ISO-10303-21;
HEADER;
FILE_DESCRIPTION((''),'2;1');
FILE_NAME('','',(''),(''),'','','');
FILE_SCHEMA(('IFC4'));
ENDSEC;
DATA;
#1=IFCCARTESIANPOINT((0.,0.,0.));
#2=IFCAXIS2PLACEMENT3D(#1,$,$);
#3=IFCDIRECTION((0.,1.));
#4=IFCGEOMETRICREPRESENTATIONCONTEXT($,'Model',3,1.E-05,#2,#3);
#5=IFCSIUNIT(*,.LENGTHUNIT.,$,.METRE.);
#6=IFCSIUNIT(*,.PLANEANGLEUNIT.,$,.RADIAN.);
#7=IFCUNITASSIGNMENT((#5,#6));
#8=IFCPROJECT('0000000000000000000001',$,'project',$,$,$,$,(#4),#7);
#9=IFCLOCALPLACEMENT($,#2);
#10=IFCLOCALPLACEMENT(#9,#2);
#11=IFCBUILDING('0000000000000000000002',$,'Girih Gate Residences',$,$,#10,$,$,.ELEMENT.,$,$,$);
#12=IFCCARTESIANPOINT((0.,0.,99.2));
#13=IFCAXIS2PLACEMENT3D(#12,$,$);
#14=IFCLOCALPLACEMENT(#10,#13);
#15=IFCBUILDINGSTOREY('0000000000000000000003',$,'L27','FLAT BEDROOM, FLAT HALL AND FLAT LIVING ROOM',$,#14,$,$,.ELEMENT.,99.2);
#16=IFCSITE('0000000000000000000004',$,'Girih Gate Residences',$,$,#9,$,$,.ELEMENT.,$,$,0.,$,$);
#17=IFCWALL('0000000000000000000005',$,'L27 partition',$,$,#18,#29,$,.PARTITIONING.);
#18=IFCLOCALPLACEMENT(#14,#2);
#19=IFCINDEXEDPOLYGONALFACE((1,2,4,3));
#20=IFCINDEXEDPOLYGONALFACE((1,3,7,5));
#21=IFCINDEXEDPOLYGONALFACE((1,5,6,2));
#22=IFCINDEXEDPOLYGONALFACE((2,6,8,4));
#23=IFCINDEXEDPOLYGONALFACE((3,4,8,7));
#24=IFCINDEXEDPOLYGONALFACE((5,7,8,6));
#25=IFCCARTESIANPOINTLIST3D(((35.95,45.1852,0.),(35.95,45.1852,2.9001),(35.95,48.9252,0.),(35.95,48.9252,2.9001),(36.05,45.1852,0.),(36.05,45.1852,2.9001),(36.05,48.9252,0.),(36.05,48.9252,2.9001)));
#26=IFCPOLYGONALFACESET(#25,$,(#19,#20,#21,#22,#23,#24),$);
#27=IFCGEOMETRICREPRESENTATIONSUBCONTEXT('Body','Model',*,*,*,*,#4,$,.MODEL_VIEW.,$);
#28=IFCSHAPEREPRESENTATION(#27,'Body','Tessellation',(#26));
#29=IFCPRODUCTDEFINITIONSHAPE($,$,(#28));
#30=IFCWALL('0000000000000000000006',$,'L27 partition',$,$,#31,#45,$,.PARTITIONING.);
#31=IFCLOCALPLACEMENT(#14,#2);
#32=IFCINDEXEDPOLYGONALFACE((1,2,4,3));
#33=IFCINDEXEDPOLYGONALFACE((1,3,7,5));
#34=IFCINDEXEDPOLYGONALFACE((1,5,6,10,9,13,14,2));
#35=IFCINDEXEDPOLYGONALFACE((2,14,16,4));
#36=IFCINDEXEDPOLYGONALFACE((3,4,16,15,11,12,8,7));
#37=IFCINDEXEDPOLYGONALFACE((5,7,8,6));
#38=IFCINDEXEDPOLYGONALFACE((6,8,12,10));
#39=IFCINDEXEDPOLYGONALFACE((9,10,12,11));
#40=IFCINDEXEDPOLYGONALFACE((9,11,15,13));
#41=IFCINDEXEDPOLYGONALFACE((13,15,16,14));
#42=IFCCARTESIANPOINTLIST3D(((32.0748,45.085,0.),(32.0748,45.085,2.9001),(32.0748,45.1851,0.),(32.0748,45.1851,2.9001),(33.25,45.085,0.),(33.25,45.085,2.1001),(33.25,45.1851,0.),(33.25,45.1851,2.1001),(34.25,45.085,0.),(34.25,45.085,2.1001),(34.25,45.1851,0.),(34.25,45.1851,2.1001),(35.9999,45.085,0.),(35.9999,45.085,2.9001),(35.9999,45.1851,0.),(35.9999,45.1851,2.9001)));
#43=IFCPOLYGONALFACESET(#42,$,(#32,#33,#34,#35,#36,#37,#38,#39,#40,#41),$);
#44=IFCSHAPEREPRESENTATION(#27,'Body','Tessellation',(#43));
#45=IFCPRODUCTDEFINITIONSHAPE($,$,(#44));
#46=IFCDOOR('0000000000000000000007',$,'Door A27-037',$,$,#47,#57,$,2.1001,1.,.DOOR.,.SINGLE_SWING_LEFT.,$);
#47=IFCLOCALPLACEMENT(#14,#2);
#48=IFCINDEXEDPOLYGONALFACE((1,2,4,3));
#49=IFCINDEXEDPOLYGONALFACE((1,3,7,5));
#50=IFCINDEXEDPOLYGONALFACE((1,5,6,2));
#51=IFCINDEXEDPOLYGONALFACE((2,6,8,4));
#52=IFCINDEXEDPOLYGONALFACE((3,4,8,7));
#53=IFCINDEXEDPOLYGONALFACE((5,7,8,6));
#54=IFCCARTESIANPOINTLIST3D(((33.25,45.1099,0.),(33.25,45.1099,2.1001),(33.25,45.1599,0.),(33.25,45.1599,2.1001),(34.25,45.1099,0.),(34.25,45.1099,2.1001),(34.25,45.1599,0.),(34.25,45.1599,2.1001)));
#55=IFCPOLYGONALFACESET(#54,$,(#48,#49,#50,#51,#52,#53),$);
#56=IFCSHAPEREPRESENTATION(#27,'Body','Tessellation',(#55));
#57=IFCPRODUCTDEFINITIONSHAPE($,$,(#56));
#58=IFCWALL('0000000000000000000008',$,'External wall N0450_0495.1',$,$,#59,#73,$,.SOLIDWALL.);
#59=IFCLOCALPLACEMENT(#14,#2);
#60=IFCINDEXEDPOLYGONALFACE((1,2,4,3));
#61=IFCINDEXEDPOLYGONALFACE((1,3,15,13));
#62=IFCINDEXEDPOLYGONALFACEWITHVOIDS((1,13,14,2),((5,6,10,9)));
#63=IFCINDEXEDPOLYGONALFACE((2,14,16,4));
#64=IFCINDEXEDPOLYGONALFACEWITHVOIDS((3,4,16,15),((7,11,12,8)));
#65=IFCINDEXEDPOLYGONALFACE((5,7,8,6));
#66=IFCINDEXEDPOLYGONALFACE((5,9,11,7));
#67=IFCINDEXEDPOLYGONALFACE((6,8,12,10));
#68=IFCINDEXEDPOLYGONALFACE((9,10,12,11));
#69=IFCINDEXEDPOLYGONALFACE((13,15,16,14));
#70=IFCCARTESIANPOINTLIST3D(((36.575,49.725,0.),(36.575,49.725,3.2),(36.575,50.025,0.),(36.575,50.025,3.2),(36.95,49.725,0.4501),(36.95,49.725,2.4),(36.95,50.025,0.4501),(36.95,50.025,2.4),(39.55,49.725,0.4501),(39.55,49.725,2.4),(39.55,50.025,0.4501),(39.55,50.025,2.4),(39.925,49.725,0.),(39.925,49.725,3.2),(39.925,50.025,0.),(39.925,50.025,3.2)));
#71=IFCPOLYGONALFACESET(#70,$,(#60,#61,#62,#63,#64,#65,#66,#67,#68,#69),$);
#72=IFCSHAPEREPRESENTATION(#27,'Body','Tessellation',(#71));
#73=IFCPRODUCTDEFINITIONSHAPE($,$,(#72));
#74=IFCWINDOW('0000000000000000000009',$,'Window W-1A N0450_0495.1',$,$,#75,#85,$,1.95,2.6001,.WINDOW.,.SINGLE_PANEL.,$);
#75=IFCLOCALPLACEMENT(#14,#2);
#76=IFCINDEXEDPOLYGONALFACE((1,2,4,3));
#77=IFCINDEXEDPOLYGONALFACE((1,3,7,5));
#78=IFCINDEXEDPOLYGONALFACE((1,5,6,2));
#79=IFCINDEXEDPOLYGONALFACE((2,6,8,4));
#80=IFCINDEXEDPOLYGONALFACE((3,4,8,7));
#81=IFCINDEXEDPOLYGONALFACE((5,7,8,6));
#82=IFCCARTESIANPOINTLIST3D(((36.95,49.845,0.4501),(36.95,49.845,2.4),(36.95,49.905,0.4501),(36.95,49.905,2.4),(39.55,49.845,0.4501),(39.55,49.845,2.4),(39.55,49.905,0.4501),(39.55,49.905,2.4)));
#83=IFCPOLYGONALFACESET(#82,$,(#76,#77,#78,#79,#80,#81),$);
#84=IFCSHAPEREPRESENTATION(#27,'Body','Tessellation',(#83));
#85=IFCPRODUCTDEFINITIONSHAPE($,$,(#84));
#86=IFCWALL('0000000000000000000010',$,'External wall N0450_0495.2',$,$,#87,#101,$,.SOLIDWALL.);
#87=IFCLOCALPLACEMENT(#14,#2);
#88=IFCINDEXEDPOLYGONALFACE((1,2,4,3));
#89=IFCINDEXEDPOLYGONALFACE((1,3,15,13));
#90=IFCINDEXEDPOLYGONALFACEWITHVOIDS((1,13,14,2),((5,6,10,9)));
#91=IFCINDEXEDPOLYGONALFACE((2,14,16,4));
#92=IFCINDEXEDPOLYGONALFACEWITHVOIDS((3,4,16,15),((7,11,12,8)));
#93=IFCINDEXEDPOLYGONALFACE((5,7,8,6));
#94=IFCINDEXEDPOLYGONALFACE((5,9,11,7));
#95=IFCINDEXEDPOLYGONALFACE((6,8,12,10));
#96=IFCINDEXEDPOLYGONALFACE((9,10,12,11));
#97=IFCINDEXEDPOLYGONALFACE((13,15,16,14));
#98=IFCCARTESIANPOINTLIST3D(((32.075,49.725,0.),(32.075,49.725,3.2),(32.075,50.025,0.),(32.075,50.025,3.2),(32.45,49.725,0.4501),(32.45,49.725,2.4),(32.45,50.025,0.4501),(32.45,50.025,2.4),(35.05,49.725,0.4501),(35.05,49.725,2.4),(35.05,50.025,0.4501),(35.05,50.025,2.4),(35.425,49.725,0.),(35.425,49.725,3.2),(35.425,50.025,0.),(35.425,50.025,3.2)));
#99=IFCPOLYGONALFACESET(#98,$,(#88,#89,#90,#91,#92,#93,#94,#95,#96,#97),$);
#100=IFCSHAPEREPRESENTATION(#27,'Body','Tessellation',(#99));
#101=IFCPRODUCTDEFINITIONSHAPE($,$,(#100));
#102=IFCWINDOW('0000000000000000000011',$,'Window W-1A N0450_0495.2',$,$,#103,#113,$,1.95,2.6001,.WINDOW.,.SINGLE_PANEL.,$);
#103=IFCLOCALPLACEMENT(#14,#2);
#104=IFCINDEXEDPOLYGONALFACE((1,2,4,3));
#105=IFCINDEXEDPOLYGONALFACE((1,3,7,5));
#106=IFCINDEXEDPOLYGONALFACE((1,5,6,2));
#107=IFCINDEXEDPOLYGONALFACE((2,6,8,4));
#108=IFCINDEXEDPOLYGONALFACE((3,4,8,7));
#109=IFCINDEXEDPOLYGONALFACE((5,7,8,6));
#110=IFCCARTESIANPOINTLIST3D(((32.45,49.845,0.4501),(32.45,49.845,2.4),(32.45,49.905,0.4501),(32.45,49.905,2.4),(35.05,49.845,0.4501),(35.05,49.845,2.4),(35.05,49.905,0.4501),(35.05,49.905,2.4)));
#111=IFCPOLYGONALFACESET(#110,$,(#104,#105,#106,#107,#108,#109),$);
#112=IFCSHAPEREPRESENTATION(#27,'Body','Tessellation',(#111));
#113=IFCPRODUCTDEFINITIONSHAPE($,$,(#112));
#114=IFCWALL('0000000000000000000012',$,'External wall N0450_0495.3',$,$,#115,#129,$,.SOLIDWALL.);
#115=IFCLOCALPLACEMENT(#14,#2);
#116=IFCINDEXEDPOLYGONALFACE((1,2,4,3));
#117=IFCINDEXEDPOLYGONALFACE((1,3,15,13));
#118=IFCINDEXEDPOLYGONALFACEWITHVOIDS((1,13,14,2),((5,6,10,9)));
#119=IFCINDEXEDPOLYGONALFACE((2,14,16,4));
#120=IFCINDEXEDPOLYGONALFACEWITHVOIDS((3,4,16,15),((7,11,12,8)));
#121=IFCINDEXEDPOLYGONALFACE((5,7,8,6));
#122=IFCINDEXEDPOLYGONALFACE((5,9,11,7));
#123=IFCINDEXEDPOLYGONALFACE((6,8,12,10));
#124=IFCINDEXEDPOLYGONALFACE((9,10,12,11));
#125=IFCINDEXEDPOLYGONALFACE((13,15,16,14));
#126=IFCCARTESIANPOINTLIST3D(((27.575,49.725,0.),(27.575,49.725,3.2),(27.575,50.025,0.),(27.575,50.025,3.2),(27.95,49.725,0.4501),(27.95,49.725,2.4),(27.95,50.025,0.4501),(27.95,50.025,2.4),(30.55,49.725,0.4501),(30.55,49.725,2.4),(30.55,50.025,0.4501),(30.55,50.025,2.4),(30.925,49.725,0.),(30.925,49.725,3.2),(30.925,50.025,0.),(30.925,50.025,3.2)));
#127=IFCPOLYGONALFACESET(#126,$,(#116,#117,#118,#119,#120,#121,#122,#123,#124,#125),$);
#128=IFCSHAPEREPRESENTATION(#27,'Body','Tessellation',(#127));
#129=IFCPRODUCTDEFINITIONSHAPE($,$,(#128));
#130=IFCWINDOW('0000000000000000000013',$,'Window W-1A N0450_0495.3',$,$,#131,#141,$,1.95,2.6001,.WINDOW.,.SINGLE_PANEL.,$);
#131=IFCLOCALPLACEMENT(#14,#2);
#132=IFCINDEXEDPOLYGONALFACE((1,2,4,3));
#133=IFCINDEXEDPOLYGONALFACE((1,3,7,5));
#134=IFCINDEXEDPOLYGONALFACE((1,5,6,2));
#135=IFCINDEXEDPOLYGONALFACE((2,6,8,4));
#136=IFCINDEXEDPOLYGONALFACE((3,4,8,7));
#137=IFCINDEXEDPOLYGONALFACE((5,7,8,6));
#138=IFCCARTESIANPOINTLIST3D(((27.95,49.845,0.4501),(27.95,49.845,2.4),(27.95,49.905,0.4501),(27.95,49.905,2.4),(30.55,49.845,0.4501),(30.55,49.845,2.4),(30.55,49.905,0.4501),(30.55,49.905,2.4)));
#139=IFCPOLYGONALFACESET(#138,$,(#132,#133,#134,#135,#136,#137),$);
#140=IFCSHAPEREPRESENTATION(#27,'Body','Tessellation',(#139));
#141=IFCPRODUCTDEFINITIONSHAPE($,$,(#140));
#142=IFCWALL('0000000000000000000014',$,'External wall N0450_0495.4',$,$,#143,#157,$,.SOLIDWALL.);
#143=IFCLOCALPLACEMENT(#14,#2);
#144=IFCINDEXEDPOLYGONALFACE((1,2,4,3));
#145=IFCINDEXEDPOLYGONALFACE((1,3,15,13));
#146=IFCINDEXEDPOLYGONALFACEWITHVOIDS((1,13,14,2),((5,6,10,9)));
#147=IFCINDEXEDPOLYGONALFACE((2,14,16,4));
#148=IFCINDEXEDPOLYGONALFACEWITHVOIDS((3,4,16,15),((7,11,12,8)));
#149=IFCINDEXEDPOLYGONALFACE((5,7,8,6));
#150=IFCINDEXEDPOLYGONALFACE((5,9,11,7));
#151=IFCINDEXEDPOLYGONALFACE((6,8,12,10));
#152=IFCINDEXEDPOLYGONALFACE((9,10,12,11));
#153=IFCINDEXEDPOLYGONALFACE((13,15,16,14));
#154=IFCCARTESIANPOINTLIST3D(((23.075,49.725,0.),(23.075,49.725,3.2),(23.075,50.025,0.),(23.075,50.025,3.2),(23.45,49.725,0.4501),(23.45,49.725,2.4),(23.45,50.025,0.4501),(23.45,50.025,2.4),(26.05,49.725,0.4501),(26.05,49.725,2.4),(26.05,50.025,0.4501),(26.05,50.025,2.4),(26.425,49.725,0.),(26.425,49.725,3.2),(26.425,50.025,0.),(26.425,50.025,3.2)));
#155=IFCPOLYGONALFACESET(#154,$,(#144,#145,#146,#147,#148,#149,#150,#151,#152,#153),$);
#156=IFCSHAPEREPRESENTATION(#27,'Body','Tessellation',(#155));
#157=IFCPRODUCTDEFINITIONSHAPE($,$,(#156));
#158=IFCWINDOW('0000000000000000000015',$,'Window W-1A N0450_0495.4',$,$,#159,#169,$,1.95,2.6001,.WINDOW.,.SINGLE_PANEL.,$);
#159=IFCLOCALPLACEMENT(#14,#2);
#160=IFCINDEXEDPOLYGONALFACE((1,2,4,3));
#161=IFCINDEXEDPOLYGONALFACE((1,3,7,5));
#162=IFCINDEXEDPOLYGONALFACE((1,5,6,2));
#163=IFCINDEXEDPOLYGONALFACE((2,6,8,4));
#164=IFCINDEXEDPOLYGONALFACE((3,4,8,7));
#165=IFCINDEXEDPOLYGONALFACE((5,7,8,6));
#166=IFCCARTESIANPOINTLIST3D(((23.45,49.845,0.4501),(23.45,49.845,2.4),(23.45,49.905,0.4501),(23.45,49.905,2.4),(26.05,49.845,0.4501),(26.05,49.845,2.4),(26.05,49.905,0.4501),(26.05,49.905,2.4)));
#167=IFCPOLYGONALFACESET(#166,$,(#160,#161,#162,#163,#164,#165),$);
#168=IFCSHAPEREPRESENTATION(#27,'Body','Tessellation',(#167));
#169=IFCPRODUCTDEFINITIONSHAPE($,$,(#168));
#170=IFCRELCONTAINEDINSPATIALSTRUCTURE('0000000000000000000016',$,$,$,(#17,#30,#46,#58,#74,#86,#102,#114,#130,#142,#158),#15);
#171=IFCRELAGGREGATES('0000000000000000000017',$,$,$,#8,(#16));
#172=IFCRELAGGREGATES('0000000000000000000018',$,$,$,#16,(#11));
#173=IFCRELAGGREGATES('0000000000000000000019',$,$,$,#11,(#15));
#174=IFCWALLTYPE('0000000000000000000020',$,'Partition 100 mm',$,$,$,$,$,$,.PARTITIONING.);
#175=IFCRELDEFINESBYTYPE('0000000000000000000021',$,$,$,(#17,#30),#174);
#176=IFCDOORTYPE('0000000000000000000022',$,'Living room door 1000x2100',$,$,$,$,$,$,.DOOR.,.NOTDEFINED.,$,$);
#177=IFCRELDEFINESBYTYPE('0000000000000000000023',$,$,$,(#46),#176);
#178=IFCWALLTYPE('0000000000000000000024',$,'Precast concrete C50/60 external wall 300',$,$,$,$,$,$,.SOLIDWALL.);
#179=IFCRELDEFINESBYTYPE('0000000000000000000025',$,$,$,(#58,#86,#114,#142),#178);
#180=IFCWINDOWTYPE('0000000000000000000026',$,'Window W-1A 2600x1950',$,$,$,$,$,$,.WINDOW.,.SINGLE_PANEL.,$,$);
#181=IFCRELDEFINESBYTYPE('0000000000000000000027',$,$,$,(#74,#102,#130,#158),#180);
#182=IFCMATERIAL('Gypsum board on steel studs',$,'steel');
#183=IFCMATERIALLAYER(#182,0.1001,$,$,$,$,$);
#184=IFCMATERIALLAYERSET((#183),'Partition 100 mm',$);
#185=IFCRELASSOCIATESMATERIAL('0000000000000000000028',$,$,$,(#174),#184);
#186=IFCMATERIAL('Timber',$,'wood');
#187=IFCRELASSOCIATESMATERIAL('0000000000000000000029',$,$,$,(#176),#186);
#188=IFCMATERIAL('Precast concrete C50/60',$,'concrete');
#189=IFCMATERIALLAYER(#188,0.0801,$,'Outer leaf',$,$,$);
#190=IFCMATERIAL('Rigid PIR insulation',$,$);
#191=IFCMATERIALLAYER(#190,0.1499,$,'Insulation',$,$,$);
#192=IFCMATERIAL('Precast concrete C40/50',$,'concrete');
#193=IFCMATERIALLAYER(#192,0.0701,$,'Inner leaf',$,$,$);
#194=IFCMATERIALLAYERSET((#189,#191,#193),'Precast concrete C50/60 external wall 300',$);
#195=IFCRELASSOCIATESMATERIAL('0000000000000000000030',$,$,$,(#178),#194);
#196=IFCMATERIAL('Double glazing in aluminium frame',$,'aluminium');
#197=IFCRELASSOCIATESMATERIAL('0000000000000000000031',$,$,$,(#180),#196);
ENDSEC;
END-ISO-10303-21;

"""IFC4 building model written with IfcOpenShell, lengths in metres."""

from ifc_helpers import new_model, si_unit, direction, frame, frame_2d, origin, place, context, subcontext, project, spatial, rectangle, extrude, material, layer, layer_set, type_object, element, fill, save


model = new_model("IFC4")

# Units and contexts
model_context = context("Model", 3, precision=1e-05, world=origin(), true_north=direction((0.0, 1.0)))
body_context = subcontext(model_context, "Body", "Model", "MODEL_VIEW")
ifc_project = project(units=[si_unit("LENGTHUNIT", "METRE"), si_unit("PLANEANGLEUNIT", "RADIAN")], contexts=[model_context])

# Site, building, storey
site_placement = place(None, origin())
site = spatial("IfcSite", under=ifc_project, at=site_placement, Name="Girih Gate Residences", CompositionType="ELEMENT", RefElevation=0.0)
building_placement = place(site_placement, origin())
building = spatial("IfcBuilding", under=site, at=building_placement, Name="Girih Gate Residences", CompositionType="ELEMENT")
storey_placement = place(building_placement, frame((0.0, 0.0, 99.2)))
storey = spatial("IfcBuildingStorey", under=building, at=storey_placement, Name="L27", Description="FLAT BEDROOM, FLAT HALL AND FLAT LIVING ROOM", CompositionType="ELEMENT", Elevation=99.2)

# Shared definitions
ifc_material_1 = material(Name="Gypsum board on steel studs", Category="steel")

# Shared definitions
ifc_layer_1 = layer(ifc_material_1, 0.1001)
ifc_layer_set_1 = layer_set([ifc_layer_1], Name="Partition 100 mm")
wall_type_1 = type_object("IfcWallType", Name="Partition 100 mm", PredefinedType="PARTITIONING", material=ifc_layer_set_1)
ifc_material_2 = material(Name="Timber", Category="wood")

# Wall
wall_1_placement = place(storey_placement, frame((36.0, 45.1851, 0.0), z_axis=(0.0, 0.0, 1.0), x_axis=(0.0, 1.0, 0.0)))
element("IfcWall", 1, at=wall_1_placement, inside=storey, type_object=wall_type_1, Name="L27 partition", PredefinedType="PARTITIONING", context=body_context, shape_type="SweptSolid", body=[
    extrude(rectangle(XDim=3.74, YDim=0.1001, at=frame_2d((1.8701, 0.0))), origin(), (0.0, 0.0, 1.0), 2.9001),
])

# Wall, opening, door
wall_2_placement = place(storey_placement, frame((32.075, 45.135, 0.0), z_axis=(0.0, 0.0, 1.0), x_axis=(1.0, 0.0, 0.0)))
wall_2 = element("IfcWall", 2, at=wall_2_placement, inside=storey, type_object=wall_type_1, Name="L27 partition", PredefinedType="PARTITIONING", context=body_context, shape_type="SweptSolid", body=[
    extrude(rectangle(XDim=3.925, YDim=0.1001, at=frame_2d((1.9624, 0.0))), origin(), (0.0, 0.0, 1.0), 2.9001),
])
opening_1_placement = place(wall_2_placement, frame((1.175, 0.0, 0.0)))
opening_1 = element("IfcOpeningElement", 3, at=opening_1_placement, cuts=wall_2, PredefinedType="OPENING", context=body_context, shape_type="SweptSolid", body=[
    extrude(rectangle(XDim=1.0, YDim=2.1001, at=frame_2d((0.5, 1.05))), frame((0.0, 0.0601, 0.0), z_axis=(0.0, -1.0, 0.0), x_axis=(1.0, 0.0, 0.0)), (0.0, 0.0, 1.0), 0.1201),
])
door_type_1 = type_object("IfcDoorType", Name="Living room door 1000x2100", OperationType="NOTDEFINED", PredefinedType="DOOR", material=ifc_material_2)
door_1_placement = place(opening_1_placement, origin())
door_1 = element("IfcDoor", 4, at=door_1_placement, inside=storey, type_object=door_type_1, Name="Door A27-037", OperationType="SINGLE_SWING_LEFT", OverallHeight=2.1001, OverallWidth=1.0, PredefinedType="DOOR", context=body_context, shape_type="SweptSolid", body=[
    extrude(rectangle(XDim=1.0, YDim=2.1001, at=frame_2d((0.5, 1.05))), frame((0.0, 0.0249, 0.0), z_axis=(0.0, -1.0, 0.0), x_axis=(1.0, 0.0, 0.0)), (0.0, 0.0, 1.0), 0.05),
])
fill(opening_1, door_1)

# Walls, openings, windows
ifc_material_3 = material(Name="Precast concrete C50/60", Category="concrete")
ifc_layer_2 = layer(ifc_material_3, 0.0801, Name="Outer leaf")
ifc_material_4 = material(Name="Rigid PIR insulation")
ifc_layer_3 = layer(ifc_material_4, 0.1499, Name="Insulation")
ifc_material_5 = material(Name="Precast concrete C40/50", Category="concrete")
ifc_layer_4 = layer(ifc_material_5, 0.0701, Name="Inner leaf")
ifc_layer_set_2 = layer_set([ifc_layer_2, ifc_layer_3, ifc_layer_4], Name="Precast concrete C50/60 external wall 300")
wall_type_2 = type_object("IfcWallType", Name="Precast concrete C50/60 external wall 300", PredefinedType="SOLIDWALL", material=ifc_layer_set_2)
wall_3_placement = place(storey_placement, frame((36.575, 49.875, 0.0), z_axis=(0.0, 0.0, 1.0), x_axis=(1.0, 0.0, 0.0)))
wall_3 = element("IfcWall", 5, at=wall_3_placement, inside=storey, type_object=wall_type_2, Name="External wall N0450_0495.1", PredefinedType="SOLIDWALL", context=body_context, shape_type="SweptSolid", body=[
    extrude(rectangle(XDim=3.3501, YDim=0.3, at=frame_2d((1.675, 0.0))), origin(), (0.0, 0.0, 1.0), 3.2),
])
opening_2_placement = place(wall_3_placement, frame((0.375, 0.0, 0.45)))
opening_2 = element("IfcOpeningElement", 6, at=opening_2_placement, cuts=wall_3, PredefinedType="OPENING", context=body_context, shape_type="SweptSolid", body=[
    extrude(rectangle(XDim=2.6001, YDim=1.95, at=frame_2d((1.3, 0.9751))), frame((0.0, 0.1599, 0.0), z_axis=(0.0, -1.0, 0.0), x_axis=(1.0, 0.0, 0.0)), (0.0, 0.0, 1.0), 0.3201),
])
ifc_material_6 = material(Name="Double glazing in aluminium frame", Category="aluminium")
window_type = type_object("IfcWindowType", Name="Window W-1A 2600x1950", PartitioningType="SINGLE_PANEL", PredefinedType="WINDOW", material=ifc_material_6)
window_1_placement = place(opening_2_placement, origin())
window_1 = element("IfcWindow", 7, at=window_1_placement, inside=storey, type_object=window_type, Name="Window W-1A N0450_0495.1", OverallHeight=1.95, OverallWidth=2.6001, PartitioningType="SINGLE_PANEL", PredefinedType="WINDOW", context=body_context, shape_type="SweptSolid", body=[
    extrude(rectangle(XDim=2.6001, YDim=1.95, at=frame_2d((1.3, 0.9751))), frame((0.0, 0.03, 0.0), z_axis=(0.0, -1.0, 0.0), x_axis=(1.0, 0.0, 0.0)), (0.0, 0.0, 1.0), 0.0601),
])
fill(opening_2, window_1)
wall_4_placement = place(storey_placement, frame((32.075, 49.875, 0.0), z_axis=(0.0, 0.0, 1.0), x_axis=(1.0, 0.0, 0.0)))
wall_4 = element("IfcWall", 8, at=wall_4_placement, inside=storey, type_object=wall_type_2, Name="External wall N0450_0495.2", PredefinedType="SOLIDWALL", context=body_context, shape_type="SweptSolid", body=[
    extrude(rectangle(XDim=3.3501, YDim=0.3, at=frame_2d((1.675, 0.0))), origin(), (0.0, 0.0, 1.0), 3.2),
])
opening_3_placement = place(wall_4_placement, frame((0.375, 0.0, 0.45)))
opening_3 = element("IfcOpeningElement", 9, at=opening_3_placement, cuts=wall_4, PredefinedType="OPENING", context=body_context, shape_type="SweptSolid", body=[
    extrude(rectangle(XDim=2.6001, YDim=1.95, at=frame_2d((1.3, 0.9751))), frame((0.0, 0.1599, 0.0), z_axis=(0.0, -1.0, 0.0), x_axis=(1.0, 0.0, 0.0)), (0.0, 0.0, 1.0), 0.3201),
])
window_2_placement = place(opening_3_placement, origin())
window_2 = element("IfcWindow", 10, at=window_2_placement, inside=storey, type_object=window_type, Name="Window W-1A N0450_0495.2", OverallHeight=1.95, OverallWidth=2.6001, PartitioningType="SINGLE_PANEL", PredefinedType="WINDOW", context=body_context, shape_type="SweptSolid", body=[
    extrude(rectangle(XDim=2.6001, YDim=1.95, at=frame_2d((1.3, 0.9751))), frame((0.0, 0.03, 0.0), z_axis=(0.0, -1.0, 0.0), x_axis=(1.0, 0.0, 0.0)), (0.0, 0.0, 1.0), 0.0601),
])
fill(opening_3, window_2)
wall_5_placement = place(storey_placement, frame((27.575, 49.875, 0.0), z_axis=(0.0, 0.0, 1.0), x_axis=(1.0, 0.0, 0.0)))
wall_5 = element("IfcWall", 11, at=wall_5_placement, inside=storey, type_object=wall_type_2, Name="External wall N0450_0495.3", PredefinedType="SOLIDWALL", context=body_context, shape_type="SweptSolid", body=[
    extrude(rectangle(XDim=3.3501, YDim=0.3, at=frame_2d((1.675, 0.0))), origin(), (0.0, 0.0, 1.0), 3.2),
])
opening_4_placement = place(wall_5_placement, frame((0.375, 0.0, 0.45)))
opening_4 = element("IfcOpeningElement", 12, at=opening_4_placement, cuts=wall_5, PredefinedType="OPENING", context=body_context, shape_type="SweptSolid", body=[
    extrude(rectangle(XDim=2.6001, YDim=1.95, at=frame_2d((1.3, 0.9751))), frame((0.0, 0.1599, 0.0), z_axis=(0.0, -1.0, 0.0), x_axis=(1.0, 0.0, 0.0)), (0.0, 0.0, 1.0), 0.3201),
])
window_3_placement = place(opening_4_placement, origin())
window_3 = element("IfcWindow", 13, at=window_3_placement, inside=storey, type_object=window_type, Name="Window W-1A N0450_0495.3", OverallHeight=1.95, OverallWidth=2.6001, PartitioningType="SINGLE_PANEL", PredefinedType="WINDOW", context=body_context, shape_type="SweptSolid", body=[
    extrude(rectangle(XDim=2.6001, YDim=1.95, at=frame_2d((1.3, 0.9751))), frame((0.0, 0.03, 0.0), z_axis=(0.0, -1.0, 0.0), x_axis=(1.0, 0.0, 0.0)), (0.0, 0.0, 1.0), 0.0601),
])
fill(opening_4, window_3)
wall_6_placement = place(storey_placement, frame((23.075, 49.875, 0.0), z_axis=(0.0, 0.0, 1.0), x_axis=(1.0, 0.0, 0.0)))
wall_6 = element("IfcWall", 14, at=wall_6_placement, inside=storey, type_object=wall_type_2, Name="External wall N0450_0495.4", PredefinedType="SOLIDWALL", context=body_context, shape_type="SweptSolid", body=[
    extrude(rectangle(XDim=3.3501, YDim=0.3, at=frame_2d((1.675, 0.0))), origin(), (0.0, 0.0, 1.0), 3.2),
])
opening_5_placement = place(wall_6_placement, frame((0.375, 0.0, 0.45)))
opening_5 = element("IfcOpeningElement", 15, at=opening_5_placement, cuts=wall_6, PredefinedType="OPENING", context=body_context, shape_type="SweptSolid", body=[
    extrude(rectangle(XDim=2.6001, YDim=1.95, at=frame_2d((1.3, 0.9751))), frame((0.0, 0.1599, 0.0), z_axis=(0.0, -1.0, 0.0), x_axis=(1.0, 0.0, 0.0)), (0.0, 0.0, 1.0), 0.3201),
])
window_4_placement = place(opening_5_placement, origin())
window_4 = element("IfcWindow", 16, at=window_4_placement, inside=storey, type_object=window_type, Name="Window W-1A N0450_0495.4", OverallHeight=1.95, OverallWidth=2.6001, PartitioningType="SINGLE_PANEL", PredefinedType="WINDOW", context=body_context, shape_type="SweptSolid", body=[
    extrude(rectangle(XDim=2.6001, YDim=1.95, at=frame_2d((1.3, 0.9751))), frame((0.0, 0.03, 0.0), z_axis=(0.0, -1.0, 0.0), x_axis=(1.0, 0.0, 0.0)), (0.0, 0.0, 1.0), 0.0601),
])
fill(opening_5, window_4)

save(model, "model.ifc")
